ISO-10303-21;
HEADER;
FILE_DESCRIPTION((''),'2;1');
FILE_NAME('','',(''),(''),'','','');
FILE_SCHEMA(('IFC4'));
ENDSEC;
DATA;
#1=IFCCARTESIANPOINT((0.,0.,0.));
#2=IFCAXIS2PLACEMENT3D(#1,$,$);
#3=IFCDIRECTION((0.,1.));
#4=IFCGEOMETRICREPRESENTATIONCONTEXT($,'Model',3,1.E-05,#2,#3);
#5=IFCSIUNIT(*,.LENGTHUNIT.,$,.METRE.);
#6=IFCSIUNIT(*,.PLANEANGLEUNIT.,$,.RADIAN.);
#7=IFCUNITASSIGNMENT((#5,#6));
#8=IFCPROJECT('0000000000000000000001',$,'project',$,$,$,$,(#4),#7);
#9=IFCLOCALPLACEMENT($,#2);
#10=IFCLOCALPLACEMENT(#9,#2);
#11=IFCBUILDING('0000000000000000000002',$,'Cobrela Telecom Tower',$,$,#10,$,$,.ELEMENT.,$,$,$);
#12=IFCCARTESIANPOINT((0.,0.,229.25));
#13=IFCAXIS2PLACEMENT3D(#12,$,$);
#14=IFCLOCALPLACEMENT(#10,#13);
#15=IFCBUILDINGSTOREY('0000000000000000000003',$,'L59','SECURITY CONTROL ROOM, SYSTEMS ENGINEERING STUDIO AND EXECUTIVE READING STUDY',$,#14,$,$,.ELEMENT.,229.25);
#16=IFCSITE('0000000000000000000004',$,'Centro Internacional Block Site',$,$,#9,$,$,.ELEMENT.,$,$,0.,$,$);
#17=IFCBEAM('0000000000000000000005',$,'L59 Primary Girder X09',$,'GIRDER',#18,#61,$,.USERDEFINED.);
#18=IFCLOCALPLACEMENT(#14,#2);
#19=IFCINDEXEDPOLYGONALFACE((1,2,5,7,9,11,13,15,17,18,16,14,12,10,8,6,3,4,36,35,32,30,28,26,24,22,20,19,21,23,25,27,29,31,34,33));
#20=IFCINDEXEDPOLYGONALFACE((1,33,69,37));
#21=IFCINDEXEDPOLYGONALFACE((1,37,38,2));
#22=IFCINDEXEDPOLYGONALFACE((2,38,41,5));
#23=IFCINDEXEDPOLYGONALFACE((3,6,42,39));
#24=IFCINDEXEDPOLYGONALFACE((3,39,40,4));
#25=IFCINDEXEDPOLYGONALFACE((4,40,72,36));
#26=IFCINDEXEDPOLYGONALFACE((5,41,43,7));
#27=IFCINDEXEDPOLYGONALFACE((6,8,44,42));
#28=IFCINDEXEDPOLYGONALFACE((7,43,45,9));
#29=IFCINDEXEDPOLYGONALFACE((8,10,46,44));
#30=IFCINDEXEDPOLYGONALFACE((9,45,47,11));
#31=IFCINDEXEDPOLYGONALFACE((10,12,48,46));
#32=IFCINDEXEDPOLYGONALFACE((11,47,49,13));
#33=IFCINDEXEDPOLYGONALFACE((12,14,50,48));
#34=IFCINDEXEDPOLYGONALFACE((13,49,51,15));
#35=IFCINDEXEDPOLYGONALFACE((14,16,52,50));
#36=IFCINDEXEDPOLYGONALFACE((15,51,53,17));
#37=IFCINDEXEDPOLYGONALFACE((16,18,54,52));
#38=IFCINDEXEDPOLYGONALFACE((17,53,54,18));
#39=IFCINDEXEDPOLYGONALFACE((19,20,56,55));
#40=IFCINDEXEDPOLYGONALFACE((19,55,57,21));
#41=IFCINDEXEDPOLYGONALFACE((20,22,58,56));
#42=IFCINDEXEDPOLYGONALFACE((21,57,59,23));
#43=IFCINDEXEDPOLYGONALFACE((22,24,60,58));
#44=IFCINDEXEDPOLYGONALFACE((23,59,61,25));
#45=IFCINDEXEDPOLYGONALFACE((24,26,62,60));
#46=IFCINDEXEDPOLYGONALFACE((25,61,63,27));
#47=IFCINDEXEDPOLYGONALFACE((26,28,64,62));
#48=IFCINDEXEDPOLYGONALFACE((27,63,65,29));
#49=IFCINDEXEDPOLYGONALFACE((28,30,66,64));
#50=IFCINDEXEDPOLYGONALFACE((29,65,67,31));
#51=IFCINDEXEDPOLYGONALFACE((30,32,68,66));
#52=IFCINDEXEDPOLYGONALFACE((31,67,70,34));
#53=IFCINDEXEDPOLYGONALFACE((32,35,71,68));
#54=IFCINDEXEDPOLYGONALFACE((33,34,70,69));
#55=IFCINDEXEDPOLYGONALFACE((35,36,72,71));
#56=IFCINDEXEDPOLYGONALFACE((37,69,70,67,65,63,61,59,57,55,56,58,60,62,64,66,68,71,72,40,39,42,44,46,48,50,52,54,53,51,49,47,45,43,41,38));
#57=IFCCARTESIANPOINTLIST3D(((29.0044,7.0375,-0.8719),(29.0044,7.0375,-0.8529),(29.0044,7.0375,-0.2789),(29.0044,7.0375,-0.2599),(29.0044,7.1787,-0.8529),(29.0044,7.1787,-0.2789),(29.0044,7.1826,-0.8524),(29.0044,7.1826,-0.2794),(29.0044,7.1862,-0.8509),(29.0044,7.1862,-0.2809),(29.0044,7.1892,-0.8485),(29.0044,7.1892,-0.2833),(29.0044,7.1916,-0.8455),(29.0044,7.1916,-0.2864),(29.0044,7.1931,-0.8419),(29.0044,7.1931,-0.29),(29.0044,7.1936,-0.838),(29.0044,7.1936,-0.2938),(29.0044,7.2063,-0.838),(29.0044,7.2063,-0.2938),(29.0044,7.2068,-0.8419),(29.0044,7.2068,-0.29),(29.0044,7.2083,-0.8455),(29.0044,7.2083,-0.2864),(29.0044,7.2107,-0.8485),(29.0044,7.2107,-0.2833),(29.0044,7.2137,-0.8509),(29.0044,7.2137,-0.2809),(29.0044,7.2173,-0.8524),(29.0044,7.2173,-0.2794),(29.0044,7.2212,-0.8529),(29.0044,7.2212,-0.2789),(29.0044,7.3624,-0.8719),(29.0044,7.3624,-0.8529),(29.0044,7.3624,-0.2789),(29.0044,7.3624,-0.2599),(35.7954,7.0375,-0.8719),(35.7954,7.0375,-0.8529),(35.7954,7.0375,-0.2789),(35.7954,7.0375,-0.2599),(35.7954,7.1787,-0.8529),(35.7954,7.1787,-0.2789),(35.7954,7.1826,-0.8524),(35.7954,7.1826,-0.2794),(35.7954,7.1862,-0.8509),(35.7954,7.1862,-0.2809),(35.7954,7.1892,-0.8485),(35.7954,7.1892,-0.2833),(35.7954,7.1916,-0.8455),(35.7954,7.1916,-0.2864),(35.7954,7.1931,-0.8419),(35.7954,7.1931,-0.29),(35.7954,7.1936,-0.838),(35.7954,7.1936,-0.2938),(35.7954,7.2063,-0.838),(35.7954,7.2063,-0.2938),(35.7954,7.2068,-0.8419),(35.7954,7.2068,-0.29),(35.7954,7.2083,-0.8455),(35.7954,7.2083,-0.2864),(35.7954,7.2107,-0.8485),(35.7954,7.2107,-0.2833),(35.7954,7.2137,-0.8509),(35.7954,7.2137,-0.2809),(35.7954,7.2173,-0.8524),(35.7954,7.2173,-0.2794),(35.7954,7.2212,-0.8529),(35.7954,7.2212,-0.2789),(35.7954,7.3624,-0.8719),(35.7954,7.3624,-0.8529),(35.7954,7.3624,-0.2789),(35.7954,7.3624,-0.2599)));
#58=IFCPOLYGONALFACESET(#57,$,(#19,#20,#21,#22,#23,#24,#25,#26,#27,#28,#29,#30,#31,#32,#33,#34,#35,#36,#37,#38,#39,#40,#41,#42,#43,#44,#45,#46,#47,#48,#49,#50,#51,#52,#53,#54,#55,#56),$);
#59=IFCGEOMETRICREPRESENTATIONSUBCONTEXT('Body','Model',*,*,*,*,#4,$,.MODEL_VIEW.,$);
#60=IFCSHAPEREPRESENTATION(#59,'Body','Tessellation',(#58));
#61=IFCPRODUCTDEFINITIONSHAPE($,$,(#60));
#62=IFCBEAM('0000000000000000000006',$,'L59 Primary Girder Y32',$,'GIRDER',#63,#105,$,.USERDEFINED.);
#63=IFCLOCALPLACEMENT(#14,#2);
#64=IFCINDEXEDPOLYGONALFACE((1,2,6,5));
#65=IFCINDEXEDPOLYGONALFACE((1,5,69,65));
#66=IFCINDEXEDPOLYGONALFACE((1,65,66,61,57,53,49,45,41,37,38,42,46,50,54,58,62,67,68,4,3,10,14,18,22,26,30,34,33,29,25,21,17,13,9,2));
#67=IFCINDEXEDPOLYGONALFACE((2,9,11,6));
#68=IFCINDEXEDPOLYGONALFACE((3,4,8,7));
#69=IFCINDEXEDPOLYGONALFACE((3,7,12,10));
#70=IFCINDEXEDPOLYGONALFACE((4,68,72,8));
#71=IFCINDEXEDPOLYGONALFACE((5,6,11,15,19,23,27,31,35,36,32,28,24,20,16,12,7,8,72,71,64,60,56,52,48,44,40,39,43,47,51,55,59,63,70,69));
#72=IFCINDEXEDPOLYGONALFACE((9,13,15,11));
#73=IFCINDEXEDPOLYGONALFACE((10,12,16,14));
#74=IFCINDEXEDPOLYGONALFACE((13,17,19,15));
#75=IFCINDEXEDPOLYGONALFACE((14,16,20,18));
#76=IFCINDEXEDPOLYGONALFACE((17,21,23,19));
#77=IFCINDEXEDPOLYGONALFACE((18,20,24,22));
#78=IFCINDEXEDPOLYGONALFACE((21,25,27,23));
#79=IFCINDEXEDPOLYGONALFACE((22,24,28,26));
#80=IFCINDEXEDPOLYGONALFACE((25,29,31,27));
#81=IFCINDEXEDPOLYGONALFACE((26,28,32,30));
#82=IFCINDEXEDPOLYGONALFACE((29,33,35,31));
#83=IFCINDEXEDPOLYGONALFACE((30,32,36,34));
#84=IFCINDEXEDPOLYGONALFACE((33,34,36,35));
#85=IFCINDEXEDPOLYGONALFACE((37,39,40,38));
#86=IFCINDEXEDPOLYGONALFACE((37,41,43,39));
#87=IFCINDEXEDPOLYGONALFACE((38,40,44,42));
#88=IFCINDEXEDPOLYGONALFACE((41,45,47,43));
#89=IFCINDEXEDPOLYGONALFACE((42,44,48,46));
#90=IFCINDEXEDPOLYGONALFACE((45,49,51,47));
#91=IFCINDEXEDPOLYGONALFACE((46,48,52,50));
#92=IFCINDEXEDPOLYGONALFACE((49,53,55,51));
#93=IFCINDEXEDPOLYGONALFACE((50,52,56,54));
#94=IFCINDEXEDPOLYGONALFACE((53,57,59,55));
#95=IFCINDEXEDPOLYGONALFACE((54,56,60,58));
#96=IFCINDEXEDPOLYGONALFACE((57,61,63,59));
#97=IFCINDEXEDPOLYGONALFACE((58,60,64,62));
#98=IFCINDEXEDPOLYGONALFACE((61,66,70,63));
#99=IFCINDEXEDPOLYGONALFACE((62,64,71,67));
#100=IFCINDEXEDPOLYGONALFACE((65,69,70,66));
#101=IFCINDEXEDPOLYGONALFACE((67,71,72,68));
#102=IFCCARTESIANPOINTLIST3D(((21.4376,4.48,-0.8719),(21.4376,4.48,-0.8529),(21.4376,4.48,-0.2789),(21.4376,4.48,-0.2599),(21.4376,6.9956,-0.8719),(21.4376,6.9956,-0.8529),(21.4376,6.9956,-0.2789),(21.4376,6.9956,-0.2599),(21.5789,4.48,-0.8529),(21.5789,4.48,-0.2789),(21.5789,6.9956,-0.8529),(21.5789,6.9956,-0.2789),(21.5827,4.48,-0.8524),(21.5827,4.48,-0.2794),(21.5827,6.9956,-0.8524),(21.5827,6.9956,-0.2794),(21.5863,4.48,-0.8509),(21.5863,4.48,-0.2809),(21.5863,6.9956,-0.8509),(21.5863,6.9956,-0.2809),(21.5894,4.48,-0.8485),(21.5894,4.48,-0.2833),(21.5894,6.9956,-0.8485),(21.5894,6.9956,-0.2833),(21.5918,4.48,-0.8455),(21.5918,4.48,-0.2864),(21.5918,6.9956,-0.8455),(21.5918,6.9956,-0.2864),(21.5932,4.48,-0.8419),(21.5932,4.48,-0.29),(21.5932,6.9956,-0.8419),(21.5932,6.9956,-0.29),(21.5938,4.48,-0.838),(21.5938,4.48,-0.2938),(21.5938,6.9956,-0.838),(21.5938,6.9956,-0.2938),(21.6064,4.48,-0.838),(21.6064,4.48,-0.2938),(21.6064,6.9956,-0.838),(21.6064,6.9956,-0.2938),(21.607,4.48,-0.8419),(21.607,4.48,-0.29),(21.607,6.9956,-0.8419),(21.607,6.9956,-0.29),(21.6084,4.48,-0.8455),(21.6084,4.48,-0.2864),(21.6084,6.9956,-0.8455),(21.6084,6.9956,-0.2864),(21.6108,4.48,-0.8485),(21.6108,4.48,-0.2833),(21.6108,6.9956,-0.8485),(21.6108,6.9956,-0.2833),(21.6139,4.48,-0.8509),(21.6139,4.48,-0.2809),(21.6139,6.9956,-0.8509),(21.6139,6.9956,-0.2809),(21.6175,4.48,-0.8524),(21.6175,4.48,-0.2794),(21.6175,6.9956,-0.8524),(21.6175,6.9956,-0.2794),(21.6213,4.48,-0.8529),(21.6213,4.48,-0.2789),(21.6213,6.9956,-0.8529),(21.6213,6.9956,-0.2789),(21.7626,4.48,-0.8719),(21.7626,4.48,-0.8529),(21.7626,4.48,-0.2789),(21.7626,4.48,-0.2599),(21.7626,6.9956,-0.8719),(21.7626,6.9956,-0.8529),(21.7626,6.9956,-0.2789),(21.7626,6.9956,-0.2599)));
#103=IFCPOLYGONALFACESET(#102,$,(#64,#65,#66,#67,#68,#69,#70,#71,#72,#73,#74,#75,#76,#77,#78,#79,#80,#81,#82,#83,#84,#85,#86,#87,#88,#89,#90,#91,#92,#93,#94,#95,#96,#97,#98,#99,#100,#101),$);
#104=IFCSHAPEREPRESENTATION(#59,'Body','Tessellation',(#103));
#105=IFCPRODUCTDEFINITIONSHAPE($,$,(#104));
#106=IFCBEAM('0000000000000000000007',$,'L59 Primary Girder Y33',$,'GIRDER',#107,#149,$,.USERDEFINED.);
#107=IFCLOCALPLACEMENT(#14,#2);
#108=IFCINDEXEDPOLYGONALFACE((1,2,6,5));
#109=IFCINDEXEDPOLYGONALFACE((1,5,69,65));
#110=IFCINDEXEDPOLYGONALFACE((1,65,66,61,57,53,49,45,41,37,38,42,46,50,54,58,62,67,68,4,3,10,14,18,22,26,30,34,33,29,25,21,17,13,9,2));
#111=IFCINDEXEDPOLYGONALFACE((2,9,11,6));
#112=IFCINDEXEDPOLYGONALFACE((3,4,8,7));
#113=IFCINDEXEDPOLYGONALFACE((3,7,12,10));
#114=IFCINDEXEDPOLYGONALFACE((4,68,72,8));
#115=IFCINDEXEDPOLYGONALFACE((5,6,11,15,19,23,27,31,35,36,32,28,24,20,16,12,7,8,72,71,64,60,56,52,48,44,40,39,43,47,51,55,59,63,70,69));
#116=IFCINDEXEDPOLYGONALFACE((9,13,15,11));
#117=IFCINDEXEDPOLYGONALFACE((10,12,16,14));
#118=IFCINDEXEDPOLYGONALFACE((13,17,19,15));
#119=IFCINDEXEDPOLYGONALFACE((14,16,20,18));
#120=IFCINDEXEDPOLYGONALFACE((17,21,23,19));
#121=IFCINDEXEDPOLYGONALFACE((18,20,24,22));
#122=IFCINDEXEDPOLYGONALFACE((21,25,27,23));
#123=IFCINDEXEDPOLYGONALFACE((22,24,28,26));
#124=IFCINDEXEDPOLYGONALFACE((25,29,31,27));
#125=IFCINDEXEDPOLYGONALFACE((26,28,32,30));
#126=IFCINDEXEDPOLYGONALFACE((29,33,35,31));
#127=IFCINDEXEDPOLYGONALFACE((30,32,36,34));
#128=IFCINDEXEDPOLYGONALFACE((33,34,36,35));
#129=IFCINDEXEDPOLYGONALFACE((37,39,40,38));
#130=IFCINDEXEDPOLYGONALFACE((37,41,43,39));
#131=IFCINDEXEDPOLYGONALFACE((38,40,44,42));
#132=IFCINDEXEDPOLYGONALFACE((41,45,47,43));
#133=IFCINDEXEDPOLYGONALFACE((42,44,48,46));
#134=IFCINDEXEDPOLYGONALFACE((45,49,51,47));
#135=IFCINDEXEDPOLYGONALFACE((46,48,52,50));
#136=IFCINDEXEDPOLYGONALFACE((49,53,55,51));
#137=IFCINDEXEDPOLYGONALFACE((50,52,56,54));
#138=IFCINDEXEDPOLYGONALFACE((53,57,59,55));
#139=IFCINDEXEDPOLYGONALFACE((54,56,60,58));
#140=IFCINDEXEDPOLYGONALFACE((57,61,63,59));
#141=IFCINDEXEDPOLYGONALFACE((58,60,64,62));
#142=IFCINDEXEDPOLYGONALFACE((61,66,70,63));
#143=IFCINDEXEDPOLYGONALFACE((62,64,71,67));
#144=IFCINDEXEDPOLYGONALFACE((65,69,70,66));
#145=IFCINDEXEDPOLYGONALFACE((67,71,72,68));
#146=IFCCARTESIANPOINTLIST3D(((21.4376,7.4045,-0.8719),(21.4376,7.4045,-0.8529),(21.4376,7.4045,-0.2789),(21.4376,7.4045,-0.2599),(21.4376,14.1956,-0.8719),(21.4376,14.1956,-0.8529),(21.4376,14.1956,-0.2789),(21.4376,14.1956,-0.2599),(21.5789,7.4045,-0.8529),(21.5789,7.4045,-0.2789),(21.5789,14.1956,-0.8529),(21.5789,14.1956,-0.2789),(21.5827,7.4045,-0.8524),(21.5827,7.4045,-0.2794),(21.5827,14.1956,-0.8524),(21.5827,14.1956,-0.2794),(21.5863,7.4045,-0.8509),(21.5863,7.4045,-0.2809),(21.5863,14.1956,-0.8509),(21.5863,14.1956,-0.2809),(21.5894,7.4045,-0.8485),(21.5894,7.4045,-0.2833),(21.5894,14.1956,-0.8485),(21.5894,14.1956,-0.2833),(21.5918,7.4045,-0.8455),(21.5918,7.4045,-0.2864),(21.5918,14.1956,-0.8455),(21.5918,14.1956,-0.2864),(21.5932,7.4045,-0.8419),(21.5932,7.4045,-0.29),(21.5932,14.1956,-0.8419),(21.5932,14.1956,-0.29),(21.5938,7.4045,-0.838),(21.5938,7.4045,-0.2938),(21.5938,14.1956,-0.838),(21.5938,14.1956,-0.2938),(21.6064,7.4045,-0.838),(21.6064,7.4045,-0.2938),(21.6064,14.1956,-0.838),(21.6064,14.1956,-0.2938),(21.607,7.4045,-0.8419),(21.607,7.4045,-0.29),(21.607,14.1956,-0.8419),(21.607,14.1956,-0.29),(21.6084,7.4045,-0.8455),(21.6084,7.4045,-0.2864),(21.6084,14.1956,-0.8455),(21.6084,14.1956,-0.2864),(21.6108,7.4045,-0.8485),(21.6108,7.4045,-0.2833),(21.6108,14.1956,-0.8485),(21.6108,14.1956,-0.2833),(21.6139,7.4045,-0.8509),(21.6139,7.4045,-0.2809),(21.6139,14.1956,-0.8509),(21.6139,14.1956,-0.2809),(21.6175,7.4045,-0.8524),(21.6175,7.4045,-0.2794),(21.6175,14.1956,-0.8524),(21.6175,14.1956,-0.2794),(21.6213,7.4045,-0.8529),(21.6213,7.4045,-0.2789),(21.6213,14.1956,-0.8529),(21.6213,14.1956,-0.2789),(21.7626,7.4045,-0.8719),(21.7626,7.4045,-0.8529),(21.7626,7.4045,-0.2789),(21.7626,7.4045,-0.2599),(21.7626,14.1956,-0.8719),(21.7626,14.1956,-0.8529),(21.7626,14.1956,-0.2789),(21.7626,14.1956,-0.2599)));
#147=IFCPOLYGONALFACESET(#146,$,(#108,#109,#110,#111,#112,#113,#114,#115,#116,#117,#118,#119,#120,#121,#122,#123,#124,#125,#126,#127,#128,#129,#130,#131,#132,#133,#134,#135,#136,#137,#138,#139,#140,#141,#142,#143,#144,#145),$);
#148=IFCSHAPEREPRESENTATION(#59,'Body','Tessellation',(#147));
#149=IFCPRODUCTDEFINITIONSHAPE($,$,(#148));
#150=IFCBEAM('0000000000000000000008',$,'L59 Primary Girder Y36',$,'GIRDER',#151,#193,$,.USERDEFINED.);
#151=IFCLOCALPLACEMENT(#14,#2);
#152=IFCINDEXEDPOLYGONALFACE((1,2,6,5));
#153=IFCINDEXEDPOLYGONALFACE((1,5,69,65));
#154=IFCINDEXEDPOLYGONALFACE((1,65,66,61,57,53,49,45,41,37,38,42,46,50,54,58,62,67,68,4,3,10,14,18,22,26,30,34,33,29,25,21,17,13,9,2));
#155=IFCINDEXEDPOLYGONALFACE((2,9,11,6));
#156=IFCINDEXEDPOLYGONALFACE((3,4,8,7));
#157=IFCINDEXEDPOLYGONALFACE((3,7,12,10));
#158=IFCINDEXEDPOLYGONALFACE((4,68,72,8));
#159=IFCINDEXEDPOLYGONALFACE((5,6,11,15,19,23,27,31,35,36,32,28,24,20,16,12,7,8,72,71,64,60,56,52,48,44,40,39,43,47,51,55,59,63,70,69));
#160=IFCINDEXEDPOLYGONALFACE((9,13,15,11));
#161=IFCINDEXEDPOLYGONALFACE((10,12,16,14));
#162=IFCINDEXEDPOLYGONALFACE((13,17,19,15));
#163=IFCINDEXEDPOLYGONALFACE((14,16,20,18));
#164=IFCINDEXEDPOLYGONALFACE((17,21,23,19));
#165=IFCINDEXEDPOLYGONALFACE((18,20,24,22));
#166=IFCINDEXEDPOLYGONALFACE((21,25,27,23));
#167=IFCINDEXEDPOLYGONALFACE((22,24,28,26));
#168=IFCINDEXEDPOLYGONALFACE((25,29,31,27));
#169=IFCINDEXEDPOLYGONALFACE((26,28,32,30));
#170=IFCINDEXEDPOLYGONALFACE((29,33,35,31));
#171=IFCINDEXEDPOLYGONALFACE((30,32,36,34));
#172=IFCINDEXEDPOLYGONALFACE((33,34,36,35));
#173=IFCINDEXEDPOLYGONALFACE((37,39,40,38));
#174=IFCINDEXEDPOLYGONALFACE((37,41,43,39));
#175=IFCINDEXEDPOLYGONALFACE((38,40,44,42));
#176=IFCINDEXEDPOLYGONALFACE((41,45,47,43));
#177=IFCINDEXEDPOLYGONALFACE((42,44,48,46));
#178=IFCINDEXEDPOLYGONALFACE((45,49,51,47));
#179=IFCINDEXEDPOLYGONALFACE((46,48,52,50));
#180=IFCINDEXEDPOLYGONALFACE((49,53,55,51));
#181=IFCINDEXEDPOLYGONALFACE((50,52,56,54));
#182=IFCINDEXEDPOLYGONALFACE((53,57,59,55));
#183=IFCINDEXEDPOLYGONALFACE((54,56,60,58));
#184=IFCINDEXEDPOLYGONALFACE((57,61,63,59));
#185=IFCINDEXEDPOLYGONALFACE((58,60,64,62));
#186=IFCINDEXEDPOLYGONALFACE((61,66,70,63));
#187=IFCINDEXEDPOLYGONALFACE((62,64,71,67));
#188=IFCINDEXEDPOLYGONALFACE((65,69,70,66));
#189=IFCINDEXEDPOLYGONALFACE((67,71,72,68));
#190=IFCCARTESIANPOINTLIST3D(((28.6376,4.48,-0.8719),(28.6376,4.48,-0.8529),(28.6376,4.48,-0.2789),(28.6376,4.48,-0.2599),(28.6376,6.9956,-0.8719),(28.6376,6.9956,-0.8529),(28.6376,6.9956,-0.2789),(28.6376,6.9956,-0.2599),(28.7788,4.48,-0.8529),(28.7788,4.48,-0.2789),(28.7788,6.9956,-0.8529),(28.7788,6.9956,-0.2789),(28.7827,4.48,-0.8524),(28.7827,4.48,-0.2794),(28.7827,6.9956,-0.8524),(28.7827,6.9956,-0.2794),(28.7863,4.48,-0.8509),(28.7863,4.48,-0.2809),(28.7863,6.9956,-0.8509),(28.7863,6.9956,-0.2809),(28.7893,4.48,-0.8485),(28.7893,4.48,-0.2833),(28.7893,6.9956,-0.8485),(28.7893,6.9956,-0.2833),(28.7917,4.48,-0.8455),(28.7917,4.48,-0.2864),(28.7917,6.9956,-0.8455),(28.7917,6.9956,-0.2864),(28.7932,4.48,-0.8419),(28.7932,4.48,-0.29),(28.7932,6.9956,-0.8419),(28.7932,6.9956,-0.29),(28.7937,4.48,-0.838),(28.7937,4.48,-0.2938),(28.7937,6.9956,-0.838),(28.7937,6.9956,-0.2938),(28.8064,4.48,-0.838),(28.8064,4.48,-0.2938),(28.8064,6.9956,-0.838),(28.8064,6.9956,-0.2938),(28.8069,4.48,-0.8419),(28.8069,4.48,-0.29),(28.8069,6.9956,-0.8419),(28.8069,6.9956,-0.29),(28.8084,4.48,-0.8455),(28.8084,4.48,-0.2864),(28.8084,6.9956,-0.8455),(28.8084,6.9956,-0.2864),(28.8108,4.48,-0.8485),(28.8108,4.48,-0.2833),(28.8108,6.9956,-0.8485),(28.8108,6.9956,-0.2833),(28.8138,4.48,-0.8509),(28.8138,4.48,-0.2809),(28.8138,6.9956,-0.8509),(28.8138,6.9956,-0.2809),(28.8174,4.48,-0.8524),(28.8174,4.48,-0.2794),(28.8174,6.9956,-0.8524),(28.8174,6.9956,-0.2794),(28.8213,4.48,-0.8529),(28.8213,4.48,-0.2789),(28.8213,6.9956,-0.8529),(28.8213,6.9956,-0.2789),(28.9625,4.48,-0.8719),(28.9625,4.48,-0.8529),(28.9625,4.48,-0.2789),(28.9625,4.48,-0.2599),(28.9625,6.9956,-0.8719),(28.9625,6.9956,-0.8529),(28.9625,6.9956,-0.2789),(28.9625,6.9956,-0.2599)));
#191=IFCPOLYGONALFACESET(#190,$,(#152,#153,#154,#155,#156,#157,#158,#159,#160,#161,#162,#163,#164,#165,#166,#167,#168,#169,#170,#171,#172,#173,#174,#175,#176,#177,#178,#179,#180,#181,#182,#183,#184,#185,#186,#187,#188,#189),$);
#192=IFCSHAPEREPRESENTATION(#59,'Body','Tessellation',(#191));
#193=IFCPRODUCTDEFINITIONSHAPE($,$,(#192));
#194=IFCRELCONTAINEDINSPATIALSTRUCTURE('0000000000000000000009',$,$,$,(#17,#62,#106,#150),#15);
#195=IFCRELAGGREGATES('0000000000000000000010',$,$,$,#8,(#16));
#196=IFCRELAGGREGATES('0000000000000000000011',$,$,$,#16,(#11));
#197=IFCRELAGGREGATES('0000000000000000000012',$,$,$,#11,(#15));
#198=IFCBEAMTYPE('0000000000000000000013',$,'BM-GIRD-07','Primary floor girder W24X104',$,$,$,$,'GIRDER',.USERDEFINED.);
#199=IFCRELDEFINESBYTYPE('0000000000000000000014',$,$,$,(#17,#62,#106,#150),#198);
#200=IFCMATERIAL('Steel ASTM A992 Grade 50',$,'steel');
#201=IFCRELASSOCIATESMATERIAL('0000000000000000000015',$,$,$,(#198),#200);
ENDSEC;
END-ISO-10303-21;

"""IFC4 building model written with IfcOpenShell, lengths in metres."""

from ifc_helpers import new_model, si_unit, direction, frame, origin, origin_2d, place, context, subcontext, project, spatial, i_section, extrude, material, material_profile, profile_set, type_object, element, save


model = new_model("IFC4")

# Units and contexts
model_context = context("Model", 3, precision=1e-05, world=origin(), true_north=direction((0.0, 1.0)))
body_context = subcontext(model_context, "Body", "Model", "MODEL_VIEW")
ifc_project = project(units=[si_unit("LENGTHUNIT", "METRE"), si_unit("PLANEANGLEUNIT", "RADIAN")], contexts=[model_context])

# Site, building, storey
site_placement = place(None, origin())
site = spatial("IfcSite", under=ifc_project, at=site_placement, Name="Centro Internacional Block Site", CompositionType="ELEMENT", RefElevation=0.0)
building_placement = place(site_placement, origin())
building = spatial("IfcBuilding", under=site, at=building_placement, Name="Cobrela Telecom Tower", CompositionType="ELEMENT")
storey_placement = place(building_placement, frame((0.0, 0.0, 229.25)))
storey = spatial("IfcBuildingStorey", under=building, at=storey_placement, Name="L59", Description="SECURITY CONTROL ROOM, SYSTEMS ENGINEERING STUDIO AND EXECUTIVE READING STUDY", CompositionType="ELEMENT", Elevation=229.25)

# Shared definitions
ifc_material_1 = material(Name="Steel ASTM A992 Grade 50", Category="steel")

# Beams
ifc_material_profile_1 = material_profile(ifc_material_1, i_section(OverallWidth=0.325, OverallDepth=0.6121, WebThickness=0.0127, FlangeThickness=0.019, FilletRadius=0.0149, at=origin_2d()), Name="W24X104")
ifc_profile_set_1 = profile_set([ifc_material_profile_1], Name="Steel ASTM A992 Grade 50")
beam_type_1 = type_object("IfcBeamType", Name="BM-GIRD-07", Description="Primary floor girder W24X104", ElementType="GIRDER", PredefinedType="USERDEFINED", material=ifc_profile_set_1)
for number, where, z_axis, x_axis, name in (
    (1, (29.0044, 7.2, -0.5659), (1.0, 0.0, 0.0), (0.0, 1.0, 0.0), "L59 Primary Girder X09"),
):
    element("IfcBeam", number, at=place(storey_placement, frame(where, z_axis=z_axis, x_axis=x_axis)), inside=storey, type_object=beam_type_1, Name=name, ObjectType="GIRDER", PredefinedType="USERDEFINED", context=body_context, shape_type="SweptSolid", body=[
        extrude(i_section(OverallWidth=0.325, OverallDepth=0.6121, WebThickness=0.0127, FlangeThickness=0.019, FilletRadius=0.0149, at=origin_2d()), origin(), (0.0, 0.0, 1.0), 6.791),
    ])
beam_1_placement = place(storey_placement, frame((21.6001, 4.48, -0.5659), z_axis=(0.0, 1.0, 0.0), x_axis=(-1.0, 0.0, 0.0)))
element("IfcBeam", 2, at=beam_1_placement, inside=storey, type_object=beam_type_1, Name="L59 Primary Girder Y32", ObjectType="GIRDER", PredefinedType="USERDEFINED", context=body_context, shape_type="SweptSolid", body=[
    extrude(i_section(OverallWidth=0.325, OverallDepth=0.6121, WebThickness=0.0127, FlangeThickness=0.019, FilletRadius=0.0149, at=origin_2d()), origin(), (0.0, 0.0, 1.0), 2.5156),
])
beam_2_placement = place(storey_placement, frame((21.6001, 7.4045, -0.5659), z_axis=(0.0, 1.0, 0.0), x_axis=(-1.0, 0.0, 0.0)))
element("IfcBeam", 3, at=beam_2_placement, inside=storey, type_object=beam_type_1, Name="L59 Primary Girder Y33", ObjectType="GIRDER", PredefinedType="USERDEFINED", context=body_context, shape_type="SweptSolid", body=[
    extrude(i_section(OverallWidth=0.325, OverallDepth=0.6121, WebThickness=0.0127, FlangeThickness=0.019, FilletRadius=0.0149, at=origin_2d()), origin(), (0.0, 0.0, 1.0), 6.791),
])
beam_3_placement = place(storey_placement, frame((28.8, 4.48, -0.5659), z_axis=(0.0, 1.0, 0.0), x_axis=(-1.0, 0.0, 0.0)))
element("IfcBeam", 4, at=beam_3_placement, inside=storey, type_object=beam_type_1, Name="L59 Primary Girder Y36", ObjectType="GIRDER", PredefinedType="USERDEFINED", context=body_context, shape_type="SweptSolid", body=[
    extrude(i_section(OverallWidth=0.325, OverallDepth=0.6121, WebThickness=0.0127, FlangeThickness=0.019, FilletRadius=0.0149, at=origin_2d()), origin(), (0.0, 0.0, 1.0), 2.5156),
])

save(model, "model.ifc")
